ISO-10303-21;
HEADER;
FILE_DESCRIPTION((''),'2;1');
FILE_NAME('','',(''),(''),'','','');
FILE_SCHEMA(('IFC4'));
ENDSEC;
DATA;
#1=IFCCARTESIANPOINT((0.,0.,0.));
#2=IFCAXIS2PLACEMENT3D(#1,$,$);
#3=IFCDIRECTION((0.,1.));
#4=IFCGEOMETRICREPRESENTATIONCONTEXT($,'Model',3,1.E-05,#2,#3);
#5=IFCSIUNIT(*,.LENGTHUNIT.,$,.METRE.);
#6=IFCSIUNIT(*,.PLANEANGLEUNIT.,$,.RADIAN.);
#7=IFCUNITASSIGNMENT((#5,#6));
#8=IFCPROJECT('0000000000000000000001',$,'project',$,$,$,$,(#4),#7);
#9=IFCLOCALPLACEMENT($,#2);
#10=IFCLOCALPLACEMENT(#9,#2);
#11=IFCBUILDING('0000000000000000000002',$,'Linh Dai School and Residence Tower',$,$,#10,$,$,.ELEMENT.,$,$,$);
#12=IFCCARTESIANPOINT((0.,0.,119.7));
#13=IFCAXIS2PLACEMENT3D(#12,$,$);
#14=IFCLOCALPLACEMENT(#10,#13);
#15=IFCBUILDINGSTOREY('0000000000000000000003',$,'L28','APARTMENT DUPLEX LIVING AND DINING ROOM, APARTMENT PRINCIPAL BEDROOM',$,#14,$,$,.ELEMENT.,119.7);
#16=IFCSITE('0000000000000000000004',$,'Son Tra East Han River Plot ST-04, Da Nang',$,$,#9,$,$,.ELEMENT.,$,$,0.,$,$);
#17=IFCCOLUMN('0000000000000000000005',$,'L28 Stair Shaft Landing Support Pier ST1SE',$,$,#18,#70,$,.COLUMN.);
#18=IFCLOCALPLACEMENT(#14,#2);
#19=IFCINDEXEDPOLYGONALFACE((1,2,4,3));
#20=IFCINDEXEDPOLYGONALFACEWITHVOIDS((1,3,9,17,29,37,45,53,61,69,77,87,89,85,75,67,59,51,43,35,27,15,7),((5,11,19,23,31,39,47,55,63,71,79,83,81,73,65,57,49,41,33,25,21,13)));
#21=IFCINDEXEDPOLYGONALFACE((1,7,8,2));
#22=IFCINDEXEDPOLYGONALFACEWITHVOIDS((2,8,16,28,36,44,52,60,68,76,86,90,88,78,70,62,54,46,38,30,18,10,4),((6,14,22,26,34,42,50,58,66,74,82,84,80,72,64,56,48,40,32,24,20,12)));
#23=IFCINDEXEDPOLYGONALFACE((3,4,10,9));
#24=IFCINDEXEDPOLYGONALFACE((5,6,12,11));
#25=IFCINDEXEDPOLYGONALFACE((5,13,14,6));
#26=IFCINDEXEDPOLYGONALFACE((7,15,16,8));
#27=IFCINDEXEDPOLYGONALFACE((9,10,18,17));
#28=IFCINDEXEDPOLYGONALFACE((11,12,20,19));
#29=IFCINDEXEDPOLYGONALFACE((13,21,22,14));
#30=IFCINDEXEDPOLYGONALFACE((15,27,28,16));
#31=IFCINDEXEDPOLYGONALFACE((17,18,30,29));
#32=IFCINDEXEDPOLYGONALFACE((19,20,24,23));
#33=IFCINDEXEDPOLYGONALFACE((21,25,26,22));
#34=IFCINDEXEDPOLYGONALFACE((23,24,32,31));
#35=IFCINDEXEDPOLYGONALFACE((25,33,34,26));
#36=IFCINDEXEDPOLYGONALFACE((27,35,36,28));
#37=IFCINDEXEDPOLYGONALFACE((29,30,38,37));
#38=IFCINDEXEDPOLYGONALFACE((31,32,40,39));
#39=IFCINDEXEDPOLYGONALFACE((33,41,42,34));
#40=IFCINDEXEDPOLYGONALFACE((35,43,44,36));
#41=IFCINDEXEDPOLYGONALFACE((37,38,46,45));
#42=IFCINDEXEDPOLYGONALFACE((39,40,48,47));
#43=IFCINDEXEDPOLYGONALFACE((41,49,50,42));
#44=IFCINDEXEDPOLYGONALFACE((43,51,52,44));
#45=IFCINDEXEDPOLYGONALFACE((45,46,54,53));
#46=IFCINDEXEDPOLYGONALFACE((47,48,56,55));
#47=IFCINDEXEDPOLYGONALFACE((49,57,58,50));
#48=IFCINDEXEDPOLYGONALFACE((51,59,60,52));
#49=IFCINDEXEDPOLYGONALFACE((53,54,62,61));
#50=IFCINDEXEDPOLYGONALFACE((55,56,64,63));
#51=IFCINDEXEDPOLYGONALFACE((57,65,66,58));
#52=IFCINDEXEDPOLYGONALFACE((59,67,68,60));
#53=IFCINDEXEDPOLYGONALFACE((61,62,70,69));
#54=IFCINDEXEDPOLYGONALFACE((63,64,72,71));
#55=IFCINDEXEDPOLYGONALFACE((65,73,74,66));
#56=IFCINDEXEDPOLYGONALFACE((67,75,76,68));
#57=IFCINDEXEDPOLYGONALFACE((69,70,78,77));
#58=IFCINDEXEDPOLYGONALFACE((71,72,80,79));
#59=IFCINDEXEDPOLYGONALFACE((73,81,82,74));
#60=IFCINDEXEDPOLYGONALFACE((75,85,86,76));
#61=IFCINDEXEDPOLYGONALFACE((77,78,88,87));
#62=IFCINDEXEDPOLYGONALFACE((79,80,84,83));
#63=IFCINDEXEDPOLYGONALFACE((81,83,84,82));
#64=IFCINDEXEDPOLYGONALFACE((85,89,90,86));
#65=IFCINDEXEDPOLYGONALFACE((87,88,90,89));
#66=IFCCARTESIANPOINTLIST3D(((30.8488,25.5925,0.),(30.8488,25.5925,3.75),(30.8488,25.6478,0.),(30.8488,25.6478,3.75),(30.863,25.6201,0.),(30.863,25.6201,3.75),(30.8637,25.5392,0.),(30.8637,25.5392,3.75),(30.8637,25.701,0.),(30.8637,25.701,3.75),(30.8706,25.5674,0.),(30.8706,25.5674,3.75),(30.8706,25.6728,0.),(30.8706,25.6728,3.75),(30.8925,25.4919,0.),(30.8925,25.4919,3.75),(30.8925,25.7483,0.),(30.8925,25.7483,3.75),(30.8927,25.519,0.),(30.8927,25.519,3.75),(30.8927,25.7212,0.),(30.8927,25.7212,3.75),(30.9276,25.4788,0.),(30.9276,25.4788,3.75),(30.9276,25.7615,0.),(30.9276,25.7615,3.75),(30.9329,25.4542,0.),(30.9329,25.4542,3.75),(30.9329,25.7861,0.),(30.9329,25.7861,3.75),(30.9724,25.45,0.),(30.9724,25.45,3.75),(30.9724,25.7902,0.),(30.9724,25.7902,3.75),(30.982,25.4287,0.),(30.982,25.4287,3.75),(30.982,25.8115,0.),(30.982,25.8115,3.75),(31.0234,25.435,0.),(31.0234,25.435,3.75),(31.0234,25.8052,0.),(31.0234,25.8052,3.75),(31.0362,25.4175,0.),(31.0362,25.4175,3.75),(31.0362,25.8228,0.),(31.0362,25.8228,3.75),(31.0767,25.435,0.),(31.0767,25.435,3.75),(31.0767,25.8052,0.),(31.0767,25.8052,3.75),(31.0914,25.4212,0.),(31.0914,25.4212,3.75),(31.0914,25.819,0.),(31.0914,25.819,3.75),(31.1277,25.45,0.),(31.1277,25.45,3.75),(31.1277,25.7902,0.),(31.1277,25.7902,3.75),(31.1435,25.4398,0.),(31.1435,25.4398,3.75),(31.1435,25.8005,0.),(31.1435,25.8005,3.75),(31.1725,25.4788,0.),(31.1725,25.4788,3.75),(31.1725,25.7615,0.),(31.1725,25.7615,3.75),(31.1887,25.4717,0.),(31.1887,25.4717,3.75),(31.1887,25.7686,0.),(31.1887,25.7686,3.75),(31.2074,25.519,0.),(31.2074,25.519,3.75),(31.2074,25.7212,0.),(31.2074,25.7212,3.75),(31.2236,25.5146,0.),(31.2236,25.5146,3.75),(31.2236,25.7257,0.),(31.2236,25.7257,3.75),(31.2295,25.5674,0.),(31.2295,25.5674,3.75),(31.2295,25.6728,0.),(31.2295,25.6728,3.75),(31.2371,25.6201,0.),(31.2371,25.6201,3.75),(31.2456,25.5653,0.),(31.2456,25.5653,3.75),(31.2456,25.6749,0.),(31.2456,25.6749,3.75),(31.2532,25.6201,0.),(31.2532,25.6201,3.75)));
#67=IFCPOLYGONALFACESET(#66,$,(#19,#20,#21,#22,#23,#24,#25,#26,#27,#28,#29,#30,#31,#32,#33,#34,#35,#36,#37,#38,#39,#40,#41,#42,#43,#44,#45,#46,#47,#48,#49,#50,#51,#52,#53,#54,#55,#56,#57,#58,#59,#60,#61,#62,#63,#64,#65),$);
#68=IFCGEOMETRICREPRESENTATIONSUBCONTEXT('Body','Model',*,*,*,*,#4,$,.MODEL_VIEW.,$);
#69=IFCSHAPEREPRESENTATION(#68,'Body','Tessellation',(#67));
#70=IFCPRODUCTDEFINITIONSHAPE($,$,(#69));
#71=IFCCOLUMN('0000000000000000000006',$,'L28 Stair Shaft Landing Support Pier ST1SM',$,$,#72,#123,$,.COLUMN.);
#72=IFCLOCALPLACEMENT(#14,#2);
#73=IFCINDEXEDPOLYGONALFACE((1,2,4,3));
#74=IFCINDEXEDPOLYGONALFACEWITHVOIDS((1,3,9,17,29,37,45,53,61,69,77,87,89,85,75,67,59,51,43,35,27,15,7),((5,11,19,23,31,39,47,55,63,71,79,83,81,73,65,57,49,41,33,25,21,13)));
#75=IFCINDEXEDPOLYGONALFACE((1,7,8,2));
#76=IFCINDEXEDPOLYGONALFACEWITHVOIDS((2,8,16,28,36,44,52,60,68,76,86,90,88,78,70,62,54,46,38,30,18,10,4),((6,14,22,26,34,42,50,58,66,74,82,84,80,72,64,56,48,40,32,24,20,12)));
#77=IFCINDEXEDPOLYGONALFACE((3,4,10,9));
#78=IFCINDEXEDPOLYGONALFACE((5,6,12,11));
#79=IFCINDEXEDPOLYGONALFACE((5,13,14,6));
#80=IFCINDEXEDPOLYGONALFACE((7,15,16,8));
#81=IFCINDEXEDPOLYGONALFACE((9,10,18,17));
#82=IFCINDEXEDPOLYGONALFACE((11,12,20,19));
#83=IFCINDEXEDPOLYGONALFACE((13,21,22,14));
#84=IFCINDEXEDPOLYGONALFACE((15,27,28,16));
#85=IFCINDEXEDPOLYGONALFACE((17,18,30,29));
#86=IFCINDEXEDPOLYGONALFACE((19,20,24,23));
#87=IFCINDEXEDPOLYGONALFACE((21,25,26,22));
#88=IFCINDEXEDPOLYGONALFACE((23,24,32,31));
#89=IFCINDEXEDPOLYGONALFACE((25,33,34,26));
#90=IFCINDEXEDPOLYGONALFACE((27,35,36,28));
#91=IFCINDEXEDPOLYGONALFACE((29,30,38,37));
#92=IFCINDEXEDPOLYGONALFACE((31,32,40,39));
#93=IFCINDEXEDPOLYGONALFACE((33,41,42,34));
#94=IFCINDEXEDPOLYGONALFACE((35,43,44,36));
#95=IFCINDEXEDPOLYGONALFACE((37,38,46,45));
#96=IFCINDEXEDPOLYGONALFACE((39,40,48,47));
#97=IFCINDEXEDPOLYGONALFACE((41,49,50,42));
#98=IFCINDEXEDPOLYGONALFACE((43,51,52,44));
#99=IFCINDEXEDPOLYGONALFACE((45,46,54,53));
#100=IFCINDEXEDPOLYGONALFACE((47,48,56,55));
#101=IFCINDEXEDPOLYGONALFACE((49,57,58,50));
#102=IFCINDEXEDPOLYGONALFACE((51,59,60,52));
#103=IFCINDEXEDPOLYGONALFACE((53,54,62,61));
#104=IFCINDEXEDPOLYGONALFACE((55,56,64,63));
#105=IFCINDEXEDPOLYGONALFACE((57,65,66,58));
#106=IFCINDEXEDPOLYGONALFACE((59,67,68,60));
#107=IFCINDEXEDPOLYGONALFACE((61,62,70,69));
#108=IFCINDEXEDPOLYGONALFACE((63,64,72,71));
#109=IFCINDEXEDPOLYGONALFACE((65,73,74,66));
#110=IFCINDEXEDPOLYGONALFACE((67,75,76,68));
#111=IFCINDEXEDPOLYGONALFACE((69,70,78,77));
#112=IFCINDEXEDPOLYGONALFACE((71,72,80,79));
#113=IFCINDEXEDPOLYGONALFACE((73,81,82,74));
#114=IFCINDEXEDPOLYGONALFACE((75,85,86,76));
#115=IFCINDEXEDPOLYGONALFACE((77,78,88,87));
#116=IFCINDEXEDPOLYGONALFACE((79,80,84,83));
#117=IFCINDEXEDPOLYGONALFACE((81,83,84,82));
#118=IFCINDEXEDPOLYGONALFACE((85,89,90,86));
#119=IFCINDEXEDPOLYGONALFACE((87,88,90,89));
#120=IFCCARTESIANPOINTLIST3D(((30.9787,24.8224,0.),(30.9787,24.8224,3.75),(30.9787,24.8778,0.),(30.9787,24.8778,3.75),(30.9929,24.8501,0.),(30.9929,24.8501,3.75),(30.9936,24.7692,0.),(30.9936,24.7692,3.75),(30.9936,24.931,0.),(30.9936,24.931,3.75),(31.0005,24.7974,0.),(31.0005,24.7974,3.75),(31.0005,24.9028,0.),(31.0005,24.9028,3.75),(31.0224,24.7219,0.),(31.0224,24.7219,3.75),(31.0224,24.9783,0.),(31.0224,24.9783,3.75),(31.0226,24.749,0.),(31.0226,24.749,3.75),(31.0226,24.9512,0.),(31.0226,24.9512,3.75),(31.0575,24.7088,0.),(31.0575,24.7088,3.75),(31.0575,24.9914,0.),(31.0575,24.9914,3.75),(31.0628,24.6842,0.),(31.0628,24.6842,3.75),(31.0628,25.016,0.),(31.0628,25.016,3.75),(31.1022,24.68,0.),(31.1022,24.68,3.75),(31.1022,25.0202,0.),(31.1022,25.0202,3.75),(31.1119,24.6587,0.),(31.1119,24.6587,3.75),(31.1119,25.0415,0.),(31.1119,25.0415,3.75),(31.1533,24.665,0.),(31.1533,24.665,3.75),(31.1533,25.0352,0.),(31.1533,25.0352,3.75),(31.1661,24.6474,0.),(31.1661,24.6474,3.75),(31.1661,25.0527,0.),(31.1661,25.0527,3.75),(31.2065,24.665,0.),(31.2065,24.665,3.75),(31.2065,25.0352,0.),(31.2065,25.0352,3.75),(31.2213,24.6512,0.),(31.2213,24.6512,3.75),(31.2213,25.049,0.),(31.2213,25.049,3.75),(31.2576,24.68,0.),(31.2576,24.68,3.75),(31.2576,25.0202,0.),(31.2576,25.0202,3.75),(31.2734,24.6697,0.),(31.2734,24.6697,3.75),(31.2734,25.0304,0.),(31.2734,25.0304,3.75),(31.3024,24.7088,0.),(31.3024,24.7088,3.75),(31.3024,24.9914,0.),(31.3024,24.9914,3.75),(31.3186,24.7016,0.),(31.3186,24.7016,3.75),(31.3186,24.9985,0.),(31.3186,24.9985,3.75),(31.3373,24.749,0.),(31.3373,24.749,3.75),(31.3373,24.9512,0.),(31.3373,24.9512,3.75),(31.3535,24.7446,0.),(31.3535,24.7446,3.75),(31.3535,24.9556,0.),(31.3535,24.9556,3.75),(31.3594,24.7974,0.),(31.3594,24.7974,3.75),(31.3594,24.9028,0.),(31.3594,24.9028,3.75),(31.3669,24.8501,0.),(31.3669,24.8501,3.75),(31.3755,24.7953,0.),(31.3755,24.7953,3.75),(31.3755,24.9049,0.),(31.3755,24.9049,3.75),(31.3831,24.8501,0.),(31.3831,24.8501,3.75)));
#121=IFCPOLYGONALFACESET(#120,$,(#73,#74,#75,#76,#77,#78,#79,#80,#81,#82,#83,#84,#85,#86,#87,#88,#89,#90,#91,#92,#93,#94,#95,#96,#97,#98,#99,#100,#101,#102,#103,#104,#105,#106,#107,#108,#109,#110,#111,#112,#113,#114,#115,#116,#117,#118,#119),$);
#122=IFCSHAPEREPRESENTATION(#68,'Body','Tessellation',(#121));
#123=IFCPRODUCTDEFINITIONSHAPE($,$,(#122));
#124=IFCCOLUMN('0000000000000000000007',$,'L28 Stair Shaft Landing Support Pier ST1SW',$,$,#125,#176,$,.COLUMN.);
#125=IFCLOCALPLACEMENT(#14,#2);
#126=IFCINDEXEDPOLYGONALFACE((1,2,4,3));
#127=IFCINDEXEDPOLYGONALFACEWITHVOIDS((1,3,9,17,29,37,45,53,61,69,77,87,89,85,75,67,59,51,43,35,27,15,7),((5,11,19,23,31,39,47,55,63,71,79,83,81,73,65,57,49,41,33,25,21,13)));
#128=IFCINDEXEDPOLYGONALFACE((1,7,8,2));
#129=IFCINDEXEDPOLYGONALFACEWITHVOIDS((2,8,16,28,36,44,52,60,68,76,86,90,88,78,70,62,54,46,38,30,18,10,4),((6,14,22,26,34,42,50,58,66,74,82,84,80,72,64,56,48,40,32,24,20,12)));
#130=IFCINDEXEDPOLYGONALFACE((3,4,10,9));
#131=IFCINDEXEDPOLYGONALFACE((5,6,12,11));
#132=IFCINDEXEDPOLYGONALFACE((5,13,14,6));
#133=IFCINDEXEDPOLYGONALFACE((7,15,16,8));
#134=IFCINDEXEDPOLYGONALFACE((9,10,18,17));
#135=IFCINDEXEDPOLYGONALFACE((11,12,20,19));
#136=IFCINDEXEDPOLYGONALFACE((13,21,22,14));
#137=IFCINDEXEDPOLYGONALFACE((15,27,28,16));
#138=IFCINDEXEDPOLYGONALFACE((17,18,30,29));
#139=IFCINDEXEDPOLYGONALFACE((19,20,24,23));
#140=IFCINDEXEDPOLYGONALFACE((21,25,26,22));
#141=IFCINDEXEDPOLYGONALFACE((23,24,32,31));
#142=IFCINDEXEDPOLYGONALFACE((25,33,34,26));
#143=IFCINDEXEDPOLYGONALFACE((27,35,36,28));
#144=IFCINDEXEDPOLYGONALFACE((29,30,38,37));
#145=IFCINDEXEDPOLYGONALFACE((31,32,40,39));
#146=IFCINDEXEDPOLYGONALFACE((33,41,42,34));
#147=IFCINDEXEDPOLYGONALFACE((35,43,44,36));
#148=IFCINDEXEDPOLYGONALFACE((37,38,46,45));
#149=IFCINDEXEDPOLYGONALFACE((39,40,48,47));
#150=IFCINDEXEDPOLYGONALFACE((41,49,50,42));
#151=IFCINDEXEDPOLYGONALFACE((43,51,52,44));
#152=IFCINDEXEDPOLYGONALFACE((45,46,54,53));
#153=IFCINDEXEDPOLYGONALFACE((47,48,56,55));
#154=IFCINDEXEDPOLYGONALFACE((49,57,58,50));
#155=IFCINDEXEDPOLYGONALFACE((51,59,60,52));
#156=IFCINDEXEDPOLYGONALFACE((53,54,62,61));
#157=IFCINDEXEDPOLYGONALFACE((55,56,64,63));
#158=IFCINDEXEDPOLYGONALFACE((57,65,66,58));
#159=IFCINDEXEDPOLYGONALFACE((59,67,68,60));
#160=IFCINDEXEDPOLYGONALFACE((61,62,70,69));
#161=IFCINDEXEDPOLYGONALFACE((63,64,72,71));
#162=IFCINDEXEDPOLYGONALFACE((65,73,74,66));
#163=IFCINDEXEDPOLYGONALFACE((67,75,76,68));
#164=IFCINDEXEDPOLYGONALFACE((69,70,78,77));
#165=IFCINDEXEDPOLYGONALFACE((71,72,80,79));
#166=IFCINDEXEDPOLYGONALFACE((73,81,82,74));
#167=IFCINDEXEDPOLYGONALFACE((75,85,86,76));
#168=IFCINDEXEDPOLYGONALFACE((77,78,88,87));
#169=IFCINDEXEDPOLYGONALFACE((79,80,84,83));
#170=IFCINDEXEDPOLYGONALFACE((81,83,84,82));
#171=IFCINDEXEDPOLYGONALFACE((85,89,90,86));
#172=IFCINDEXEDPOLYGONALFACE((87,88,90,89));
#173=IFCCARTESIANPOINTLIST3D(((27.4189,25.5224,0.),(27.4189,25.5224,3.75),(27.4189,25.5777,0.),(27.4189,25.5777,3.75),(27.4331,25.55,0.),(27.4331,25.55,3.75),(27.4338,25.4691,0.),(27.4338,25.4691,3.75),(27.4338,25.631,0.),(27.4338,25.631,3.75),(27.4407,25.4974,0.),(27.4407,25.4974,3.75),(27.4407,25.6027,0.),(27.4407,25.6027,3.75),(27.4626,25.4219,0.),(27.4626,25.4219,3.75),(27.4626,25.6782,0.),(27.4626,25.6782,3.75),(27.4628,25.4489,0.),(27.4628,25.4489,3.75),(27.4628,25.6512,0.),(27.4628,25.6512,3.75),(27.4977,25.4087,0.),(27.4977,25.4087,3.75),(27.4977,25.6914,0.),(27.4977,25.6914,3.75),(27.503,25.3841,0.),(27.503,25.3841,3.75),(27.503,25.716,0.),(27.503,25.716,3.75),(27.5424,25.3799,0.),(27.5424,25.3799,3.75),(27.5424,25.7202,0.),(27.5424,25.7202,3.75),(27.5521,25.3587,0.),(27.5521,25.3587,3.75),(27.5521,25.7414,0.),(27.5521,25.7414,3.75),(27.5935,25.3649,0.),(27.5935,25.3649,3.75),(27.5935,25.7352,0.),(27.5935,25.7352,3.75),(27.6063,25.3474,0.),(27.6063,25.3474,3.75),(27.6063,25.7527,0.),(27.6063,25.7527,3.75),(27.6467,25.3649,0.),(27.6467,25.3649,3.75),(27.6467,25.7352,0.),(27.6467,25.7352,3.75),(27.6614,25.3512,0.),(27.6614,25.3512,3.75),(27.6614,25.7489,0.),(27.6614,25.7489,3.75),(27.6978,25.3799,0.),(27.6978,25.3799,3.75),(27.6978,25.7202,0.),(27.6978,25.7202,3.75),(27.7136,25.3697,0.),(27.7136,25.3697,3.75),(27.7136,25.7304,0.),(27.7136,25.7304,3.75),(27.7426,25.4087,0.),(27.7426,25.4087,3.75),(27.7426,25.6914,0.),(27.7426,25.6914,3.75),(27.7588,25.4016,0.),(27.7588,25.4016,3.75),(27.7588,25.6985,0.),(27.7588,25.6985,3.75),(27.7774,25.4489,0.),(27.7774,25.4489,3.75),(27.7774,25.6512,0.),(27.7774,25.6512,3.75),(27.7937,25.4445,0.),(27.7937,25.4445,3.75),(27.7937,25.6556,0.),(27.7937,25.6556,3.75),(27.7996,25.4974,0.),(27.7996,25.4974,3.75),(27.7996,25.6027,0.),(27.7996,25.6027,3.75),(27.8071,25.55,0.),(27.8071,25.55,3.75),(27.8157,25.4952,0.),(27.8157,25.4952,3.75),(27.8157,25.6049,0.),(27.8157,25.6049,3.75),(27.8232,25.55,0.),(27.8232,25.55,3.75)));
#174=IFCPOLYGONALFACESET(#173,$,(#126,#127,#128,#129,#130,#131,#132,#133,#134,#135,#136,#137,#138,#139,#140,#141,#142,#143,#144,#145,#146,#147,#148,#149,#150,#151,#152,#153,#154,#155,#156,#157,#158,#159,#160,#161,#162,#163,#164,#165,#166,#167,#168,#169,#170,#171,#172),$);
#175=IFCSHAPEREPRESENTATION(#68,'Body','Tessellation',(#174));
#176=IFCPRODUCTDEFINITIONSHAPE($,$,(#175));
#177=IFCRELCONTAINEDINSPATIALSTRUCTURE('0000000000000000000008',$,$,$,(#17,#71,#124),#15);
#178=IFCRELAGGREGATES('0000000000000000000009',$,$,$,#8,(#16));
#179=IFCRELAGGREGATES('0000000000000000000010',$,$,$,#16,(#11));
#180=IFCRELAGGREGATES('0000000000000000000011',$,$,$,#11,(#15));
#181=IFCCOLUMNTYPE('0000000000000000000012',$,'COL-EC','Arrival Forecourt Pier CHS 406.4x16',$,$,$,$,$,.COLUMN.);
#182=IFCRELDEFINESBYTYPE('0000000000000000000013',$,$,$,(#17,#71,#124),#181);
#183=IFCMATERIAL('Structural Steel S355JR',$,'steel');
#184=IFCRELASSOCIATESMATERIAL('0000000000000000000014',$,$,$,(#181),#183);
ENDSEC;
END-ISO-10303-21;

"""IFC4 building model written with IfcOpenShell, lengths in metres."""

from ifc_helpers import new_model, si_unit, direction, frame, origin, origin_2d, place, context, subcontext, project, spatial, hollow_circle, extrude, material, material_profile, profile_set, type_object, element, save


model = new_model("IFC4")

# Units and contexts
model_context = context("Model", 3, precision=1e-05, world=origin(), true_north=direction((0.0, 1.0)))
body_context = subcontext(model_context, "Body", "Model", "MODEL_VIEW")
ifc_project = project(units=[si_unit("LENGTHUNIT", "METRE"), si_unit("PLANEANGLEUNIT", "RADIAN")], contexts=[model_context])

# Site, building, storey
site_placement = place(None, origin())
site = spatial("IfcSite", under=ifc_project, at=site_placement, Name="Son Tra East Han River Plot ST-04, Da Nang", CompositionType="ELEMENT", RefElevation=0.0)
building_placement = place(site_placement, origin())
building = spatial("IfcBuilding", under=site, at=building_placement, Name="Linh Dai School and Residence Tower", CompositionType="ELEMENT")
storey_placement = place(building_placement, frame((0.0, 0.0, 119.7)))
storey = spatial("IfcBuildingStorey", under=building, at=storey_placement, Name="L28", Description="APARTMENT DUPLEX LIVING AND DINING ROOM, APARTMENT PRINCIPAL BEDROOM", CompositionType="ELEMENT", Elevation=119.7)

# Columns
ifc_material_1 = material(Name="Structural Steel S355JR", Category="steel")
ifc_material_profile_1 = material_profile(ifc_material_1, hollow_circle(Radius=0.2031, WallThickness=0.0161, at=origin_2d()), Name="CHS 406.4x16")
ifc_profile_set_1 = profile_set([ifc_material_profile_1], Name="Structural Steel S355JR")
column_type = type_object("IfcColumnType", Name="COL-EC", Description="Arrival Forecourt Pier CHS 406.4x16", PredefinedType="COLUMN", material=ifc_profile_set_1)
for number, where, z_axis, x_axis, name in (
    (1, (31.05, 25.6201, 0.0), (0.0, 0.0, 1.0), (1.0, 0.0, 0.0), "L28 Stair Shaft Landing Support Pier ST1SE"),
    (2, (31.1799, 24.8501, 0.0), (0.0, 0.0, 1.0), (1.0, 0.0, 0.0), "L28 Stair Shaft Landing Support Pier ST1SM"),
    (3, (27.6201, 25.55, 0.0), (0.0, 0.0, 1.0), (1.0, 0.0, 0.0), "L28 Stair Shaft Landing Support Pier ST1SW"),
):
    element("IfcColumn", number, at=place(storey_placement, frame(where, z_axis=z_axis, x_axis=x_axis)), inside=storey, type_object=column_type, Name=name, PredefinedType="COLUMN", context=body_context, shape_type="SweptSolid", body=[
        extrude(hollow_circle(Radius=0.2031, WallThickness=0.0161, at=origin_2d()), origin(), (0.0, 0.0, 1.0), 3.75),
    ])

save(model, "model.ifc")
